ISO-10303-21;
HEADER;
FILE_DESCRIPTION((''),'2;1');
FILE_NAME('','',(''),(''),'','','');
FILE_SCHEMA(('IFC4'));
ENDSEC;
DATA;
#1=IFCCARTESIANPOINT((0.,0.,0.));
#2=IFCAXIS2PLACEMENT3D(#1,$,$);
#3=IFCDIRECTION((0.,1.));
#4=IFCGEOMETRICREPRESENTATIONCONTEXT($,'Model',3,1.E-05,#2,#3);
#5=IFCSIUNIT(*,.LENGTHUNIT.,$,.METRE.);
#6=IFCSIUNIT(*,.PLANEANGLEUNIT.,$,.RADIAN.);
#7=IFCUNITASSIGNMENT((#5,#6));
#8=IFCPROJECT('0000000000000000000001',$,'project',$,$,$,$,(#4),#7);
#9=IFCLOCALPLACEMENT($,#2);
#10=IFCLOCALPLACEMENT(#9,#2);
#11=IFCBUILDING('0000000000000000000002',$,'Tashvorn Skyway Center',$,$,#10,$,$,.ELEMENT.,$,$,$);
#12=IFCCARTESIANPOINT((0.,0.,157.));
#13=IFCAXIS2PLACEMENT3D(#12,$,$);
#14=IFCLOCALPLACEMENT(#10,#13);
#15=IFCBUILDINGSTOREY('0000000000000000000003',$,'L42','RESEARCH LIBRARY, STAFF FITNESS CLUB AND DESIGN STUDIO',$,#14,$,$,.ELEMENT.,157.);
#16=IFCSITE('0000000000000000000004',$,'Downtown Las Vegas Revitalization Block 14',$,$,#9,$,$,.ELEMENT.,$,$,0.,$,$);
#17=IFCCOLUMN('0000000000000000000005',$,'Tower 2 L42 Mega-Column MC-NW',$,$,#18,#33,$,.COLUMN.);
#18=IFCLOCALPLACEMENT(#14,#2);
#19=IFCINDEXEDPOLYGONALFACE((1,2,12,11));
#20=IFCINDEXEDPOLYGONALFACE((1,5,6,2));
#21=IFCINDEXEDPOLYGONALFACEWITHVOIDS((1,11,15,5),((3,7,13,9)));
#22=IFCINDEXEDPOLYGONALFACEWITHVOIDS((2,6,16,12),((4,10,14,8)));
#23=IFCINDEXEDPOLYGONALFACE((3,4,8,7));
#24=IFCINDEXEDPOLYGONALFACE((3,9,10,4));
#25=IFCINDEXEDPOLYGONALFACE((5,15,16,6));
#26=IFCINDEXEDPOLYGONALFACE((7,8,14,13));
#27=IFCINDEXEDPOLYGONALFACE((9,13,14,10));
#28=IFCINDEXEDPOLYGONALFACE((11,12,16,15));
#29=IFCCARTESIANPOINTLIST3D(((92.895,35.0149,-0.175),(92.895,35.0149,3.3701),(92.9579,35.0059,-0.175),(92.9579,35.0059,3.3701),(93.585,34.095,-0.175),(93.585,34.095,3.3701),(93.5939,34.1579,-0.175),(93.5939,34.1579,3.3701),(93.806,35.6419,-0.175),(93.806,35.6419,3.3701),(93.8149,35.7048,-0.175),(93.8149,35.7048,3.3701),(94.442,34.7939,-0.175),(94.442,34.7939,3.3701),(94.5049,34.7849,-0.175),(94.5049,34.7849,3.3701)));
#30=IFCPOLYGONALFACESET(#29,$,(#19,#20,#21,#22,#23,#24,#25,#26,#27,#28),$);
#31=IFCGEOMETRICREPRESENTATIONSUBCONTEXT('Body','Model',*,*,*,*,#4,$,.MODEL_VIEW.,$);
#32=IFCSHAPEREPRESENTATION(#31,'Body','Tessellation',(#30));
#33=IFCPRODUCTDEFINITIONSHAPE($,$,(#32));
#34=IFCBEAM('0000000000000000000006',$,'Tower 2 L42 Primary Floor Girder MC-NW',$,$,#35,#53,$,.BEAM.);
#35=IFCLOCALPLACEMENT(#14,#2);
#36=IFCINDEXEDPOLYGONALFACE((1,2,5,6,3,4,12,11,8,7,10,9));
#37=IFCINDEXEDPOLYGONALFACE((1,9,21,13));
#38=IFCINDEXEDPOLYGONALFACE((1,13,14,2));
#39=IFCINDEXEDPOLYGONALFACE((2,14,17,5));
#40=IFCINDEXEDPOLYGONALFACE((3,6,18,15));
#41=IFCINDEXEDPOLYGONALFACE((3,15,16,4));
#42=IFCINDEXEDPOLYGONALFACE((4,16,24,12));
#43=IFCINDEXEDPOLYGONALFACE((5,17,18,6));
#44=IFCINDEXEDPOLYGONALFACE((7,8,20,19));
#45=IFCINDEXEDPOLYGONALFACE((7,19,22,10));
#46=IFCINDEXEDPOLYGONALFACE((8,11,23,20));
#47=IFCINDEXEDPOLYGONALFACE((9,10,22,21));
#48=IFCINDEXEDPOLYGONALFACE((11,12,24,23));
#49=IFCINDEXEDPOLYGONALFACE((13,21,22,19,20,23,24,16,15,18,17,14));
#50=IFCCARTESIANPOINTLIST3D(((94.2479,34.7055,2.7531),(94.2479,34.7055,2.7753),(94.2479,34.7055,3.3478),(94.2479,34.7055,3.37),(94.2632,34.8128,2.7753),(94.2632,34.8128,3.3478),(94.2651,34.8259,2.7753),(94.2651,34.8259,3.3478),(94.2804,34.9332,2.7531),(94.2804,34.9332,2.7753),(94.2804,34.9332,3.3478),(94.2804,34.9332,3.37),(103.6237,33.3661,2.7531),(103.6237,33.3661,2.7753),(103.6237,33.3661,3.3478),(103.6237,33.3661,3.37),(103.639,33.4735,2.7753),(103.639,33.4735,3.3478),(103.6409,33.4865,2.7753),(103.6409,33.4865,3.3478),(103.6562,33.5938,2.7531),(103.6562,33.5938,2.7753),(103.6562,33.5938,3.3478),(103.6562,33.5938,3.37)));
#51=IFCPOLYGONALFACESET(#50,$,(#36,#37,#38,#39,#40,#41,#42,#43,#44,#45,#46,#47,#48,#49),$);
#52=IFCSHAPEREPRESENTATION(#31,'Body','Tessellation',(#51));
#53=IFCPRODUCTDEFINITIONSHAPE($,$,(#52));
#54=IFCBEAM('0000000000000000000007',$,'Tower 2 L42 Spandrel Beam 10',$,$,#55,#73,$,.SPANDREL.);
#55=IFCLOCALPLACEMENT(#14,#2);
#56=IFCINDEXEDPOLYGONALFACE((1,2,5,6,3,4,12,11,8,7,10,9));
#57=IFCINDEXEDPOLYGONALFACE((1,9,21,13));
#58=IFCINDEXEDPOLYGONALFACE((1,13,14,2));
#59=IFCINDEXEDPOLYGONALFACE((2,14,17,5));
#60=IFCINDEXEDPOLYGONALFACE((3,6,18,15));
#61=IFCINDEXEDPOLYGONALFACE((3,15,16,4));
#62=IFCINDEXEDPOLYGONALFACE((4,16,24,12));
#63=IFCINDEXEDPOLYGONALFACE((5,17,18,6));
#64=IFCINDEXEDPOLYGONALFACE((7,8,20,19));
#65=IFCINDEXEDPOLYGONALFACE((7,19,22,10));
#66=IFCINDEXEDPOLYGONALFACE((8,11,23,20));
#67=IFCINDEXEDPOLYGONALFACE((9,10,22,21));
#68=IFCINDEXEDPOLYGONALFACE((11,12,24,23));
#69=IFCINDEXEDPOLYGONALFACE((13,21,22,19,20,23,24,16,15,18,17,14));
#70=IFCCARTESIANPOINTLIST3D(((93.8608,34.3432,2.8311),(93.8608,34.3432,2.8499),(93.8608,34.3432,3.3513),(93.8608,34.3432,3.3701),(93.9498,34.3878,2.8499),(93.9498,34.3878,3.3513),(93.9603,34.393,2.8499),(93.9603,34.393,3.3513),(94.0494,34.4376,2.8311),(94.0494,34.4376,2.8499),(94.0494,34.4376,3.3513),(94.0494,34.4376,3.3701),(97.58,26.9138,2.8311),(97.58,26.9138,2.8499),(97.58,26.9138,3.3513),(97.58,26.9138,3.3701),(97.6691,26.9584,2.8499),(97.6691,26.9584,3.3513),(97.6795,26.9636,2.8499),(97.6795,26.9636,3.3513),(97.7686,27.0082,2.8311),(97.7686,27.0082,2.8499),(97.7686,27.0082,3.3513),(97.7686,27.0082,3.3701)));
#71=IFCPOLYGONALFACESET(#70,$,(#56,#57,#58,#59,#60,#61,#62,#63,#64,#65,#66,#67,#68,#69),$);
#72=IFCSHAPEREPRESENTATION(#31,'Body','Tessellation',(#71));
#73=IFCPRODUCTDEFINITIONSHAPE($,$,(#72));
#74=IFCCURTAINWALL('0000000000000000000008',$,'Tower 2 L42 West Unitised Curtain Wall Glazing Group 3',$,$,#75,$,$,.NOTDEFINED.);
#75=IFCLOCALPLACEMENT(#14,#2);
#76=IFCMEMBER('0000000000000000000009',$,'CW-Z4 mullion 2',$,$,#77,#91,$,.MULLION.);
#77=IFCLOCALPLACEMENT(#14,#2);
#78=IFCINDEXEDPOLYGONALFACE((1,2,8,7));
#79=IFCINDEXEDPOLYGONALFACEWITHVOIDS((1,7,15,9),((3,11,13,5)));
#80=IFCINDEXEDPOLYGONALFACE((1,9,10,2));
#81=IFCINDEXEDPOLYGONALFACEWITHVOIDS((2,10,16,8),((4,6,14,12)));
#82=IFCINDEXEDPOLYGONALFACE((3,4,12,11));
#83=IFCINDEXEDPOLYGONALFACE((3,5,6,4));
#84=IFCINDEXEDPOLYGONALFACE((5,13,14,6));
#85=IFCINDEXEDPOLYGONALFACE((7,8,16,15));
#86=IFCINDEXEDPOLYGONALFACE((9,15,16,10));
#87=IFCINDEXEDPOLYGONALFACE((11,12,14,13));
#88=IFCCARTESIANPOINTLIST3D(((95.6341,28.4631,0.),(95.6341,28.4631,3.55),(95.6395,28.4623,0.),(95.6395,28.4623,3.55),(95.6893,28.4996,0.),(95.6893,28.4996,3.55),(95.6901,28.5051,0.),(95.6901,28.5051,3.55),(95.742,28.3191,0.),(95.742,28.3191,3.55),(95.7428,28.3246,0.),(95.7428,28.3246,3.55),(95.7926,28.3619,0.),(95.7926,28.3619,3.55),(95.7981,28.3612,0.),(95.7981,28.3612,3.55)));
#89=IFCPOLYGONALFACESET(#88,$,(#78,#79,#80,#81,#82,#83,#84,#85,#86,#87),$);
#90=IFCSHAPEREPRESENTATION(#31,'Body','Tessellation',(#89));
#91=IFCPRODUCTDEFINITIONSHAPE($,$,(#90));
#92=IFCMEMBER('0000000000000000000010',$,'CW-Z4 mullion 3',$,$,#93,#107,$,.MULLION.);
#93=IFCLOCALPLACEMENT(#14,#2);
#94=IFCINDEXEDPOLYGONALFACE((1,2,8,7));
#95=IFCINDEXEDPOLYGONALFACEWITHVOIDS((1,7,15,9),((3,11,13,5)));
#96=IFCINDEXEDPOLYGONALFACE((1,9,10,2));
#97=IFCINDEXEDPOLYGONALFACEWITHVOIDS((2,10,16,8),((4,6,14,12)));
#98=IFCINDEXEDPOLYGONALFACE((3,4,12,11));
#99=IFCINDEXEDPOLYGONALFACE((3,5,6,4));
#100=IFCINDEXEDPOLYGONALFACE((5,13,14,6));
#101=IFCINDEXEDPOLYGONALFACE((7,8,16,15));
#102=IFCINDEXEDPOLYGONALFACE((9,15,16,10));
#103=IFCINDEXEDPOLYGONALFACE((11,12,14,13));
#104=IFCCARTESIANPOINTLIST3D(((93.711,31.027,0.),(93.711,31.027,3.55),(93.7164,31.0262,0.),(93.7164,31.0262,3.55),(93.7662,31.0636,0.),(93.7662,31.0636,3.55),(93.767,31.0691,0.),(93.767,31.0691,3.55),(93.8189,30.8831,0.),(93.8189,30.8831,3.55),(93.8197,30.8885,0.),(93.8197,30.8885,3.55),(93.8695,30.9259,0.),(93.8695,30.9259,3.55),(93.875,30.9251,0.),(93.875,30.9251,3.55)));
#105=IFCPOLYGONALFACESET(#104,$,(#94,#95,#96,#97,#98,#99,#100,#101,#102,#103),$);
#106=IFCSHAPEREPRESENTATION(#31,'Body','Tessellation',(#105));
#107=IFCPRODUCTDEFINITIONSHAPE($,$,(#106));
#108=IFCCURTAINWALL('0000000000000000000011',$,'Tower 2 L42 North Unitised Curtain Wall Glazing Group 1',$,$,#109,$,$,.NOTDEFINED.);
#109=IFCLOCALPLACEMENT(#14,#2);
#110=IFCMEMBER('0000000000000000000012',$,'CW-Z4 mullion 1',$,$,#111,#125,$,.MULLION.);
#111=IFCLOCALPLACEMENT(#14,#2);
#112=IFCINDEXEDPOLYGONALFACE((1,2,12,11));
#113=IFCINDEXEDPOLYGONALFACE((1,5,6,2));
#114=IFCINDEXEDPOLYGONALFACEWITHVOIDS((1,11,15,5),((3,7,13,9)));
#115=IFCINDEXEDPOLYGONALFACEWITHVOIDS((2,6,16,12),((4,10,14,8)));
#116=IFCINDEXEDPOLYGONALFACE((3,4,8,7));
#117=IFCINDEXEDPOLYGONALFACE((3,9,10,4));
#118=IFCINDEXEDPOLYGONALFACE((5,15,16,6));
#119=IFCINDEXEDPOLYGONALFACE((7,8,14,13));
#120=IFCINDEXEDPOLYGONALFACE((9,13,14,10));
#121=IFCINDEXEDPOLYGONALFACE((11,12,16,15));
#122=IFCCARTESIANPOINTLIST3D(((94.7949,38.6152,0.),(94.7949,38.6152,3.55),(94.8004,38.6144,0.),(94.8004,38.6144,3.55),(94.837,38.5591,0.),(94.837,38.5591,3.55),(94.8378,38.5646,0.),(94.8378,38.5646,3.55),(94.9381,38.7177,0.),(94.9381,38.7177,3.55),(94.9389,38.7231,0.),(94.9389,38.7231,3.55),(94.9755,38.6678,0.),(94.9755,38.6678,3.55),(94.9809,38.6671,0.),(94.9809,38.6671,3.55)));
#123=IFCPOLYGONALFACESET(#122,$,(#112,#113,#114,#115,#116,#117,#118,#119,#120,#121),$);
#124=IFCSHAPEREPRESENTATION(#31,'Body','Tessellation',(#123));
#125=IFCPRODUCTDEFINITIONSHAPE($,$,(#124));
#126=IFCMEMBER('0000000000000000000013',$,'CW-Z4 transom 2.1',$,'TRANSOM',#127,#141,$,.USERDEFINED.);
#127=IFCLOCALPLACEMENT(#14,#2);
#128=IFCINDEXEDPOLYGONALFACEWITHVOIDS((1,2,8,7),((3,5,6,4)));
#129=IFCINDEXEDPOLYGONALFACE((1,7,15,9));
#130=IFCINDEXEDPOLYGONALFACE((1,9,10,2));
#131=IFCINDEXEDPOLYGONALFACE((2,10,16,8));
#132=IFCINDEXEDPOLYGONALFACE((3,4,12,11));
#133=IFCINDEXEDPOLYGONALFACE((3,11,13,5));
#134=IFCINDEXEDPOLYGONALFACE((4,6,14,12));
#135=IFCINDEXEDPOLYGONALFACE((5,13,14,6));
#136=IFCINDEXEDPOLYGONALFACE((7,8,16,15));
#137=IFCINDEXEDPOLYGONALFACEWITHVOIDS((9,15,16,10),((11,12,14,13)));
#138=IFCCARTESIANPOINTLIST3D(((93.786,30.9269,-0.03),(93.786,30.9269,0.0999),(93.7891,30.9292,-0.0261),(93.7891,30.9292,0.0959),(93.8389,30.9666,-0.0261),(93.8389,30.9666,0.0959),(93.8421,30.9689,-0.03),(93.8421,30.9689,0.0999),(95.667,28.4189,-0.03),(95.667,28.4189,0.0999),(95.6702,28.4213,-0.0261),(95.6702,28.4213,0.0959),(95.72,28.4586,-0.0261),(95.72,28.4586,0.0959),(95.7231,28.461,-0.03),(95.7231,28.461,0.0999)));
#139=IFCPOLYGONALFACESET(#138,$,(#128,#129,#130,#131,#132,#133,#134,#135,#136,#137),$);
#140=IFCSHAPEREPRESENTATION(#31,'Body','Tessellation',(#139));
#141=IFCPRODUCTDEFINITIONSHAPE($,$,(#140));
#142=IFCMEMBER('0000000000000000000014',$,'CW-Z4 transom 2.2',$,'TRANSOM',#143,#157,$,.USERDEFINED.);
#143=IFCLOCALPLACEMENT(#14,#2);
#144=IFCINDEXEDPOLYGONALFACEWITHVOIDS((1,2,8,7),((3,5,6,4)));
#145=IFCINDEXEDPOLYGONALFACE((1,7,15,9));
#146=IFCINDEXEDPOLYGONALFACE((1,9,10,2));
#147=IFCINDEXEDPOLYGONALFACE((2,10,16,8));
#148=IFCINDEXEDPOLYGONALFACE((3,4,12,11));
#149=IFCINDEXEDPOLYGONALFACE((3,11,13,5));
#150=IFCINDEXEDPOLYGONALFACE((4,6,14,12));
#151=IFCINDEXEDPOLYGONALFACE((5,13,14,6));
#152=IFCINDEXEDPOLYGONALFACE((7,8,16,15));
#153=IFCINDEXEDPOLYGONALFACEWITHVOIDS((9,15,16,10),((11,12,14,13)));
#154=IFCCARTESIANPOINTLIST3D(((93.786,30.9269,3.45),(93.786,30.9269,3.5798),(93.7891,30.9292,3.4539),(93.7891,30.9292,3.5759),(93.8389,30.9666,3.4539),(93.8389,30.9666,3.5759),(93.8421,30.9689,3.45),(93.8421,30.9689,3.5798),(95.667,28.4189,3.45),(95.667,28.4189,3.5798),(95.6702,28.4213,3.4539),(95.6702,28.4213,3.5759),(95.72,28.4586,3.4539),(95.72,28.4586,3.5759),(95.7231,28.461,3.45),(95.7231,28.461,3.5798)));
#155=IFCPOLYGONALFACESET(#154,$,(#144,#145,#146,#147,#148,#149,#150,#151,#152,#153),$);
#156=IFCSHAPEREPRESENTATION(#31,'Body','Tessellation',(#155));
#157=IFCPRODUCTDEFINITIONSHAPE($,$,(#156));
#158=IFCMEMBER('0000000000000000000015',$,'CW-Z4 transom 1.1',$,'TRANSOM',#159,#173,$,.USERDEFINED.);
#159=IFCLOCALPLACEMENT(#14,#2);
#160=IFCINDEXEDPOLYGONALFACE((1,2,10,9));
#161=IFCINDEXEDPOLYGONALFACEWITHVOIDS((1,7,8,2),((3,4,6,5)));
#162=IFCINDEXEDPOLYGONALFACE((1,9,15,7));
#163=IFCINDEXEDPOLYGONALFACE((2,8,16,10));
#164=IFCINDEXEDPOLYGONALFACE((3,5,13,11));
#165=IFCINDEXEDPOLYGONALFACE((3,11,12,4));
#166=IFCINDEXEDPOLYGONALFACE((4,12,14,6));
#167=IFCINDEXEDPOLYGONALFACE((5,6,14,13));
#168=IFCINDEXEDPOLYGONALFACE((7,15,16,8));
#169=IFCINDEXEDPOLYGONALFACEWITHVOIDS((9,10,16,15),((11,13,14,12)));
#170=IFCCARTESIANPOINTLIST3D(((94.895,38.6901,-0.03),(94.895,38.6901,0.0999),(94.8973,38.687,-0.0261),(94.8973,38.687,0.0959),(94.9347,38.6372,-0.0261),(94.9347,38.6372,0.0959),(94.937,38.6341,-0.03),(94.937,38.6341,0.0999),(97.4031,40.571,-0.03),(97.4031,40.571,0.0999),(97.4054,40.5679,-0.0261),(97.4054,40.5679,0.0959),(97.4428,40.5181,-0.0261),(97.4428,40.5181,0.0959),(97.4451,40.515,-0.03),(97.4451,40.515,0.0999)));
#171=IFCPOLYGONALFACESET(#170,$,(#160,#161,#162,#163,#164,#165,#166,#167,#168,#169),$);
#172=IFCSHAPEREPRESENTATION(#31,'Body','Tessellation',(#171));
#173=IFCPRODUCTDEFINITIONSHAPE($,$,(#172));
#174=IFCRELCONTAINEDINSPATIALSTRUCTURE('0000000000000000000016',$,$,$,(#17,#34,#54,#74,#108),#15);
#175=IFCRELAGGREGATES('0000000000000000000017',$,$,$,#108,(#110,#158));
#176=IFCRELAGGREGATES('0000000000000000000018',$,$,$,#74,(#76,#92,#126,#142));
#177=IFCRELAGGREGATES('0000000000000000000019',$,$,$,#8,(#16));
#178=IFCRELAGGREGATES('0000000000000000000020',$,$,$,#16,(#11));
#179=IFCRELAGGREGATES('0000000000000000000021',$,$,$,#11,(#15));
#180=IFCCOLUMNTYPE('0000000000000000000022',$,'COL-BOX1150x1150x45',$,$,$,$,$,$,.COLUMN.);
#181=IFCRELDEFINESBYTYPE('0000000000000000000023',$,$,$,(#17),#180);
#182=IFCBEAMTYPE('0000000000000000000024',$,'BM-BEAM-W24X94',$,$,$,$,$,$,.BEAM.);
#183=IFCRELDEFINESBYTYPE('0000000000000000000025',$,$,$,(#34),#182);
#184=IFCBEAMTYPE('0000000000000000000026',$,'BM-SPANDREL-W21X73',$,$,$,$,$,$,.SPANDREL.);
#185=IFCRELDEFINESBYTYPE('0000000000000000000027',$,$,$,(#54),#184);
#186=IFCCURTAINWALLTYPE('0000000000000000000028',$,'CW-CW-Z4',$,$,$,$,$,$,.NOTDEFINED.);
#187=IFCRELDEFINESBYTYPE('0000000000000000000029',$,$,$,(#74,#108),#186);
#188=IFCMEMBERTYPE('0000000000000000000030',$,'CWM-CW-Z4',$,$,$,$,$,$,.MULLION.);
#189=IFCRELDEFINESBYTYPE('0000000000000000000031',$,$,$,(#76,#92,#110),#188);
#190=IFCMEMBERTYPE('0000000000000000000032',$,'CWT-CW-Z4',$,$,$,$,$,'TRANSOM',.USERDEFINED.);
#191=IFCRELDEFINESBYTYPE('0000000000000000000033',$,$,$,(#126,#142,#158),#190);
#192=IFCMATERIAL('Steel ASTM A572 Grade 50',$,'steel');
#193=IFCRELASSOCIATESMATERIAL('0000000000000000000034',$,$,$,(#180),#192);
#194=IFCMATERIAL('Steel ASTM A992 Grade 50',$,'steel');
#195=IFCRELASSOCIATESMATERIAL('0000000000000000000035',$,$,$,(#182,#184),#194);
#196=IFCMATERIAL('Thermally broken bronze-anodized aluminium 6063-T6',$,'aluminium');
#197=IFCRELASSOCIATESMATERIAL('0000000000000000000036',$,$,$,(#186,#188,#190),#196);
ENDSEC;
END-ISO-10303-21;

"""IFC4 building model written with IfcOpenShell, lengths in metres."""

from ifc_helpers import new_model, si_unit, direction, frame, origin, origin_2d, place, context, subcontext, project, spatial, hollow_rectangle, i_section, extrude, material, material_profile, profile_set, type_object, element, aggregate, save


model = new_model("IFC4")

# Units and contexts
model_context = context("Model", 3, precision=1e-05, world=origin(), true_north=direction((0.0, 1.0)))
body_context = subcontext(model_context, "Body", "Model", "MODEL_VIEW")
ifc_project = project(units=[si_unit("LENGTHUNIT", "METRE"), si_unit("PLANEANGLEUNIT", "RADIAN")], contexts=[model_context])

# Site, building, storey
site_placement = place(None, origin())
site = spatial("IfcSite", under=ifc_project, at=site_placement, Name="Downtown Las Vegas Revitalization Block 14", CompositionType="ELEMENT", RefElevation=0.0)
building_placement = place(site_placement, origin())
building = spatial("IfcBuilding", under=site, at=building_placement, Name="Tashvorn Skyway Center", CompositionType="ELEMENT")
storey_placement = place(building_placement, frame((0.0, 0.0, 157.0)))
storey = spatial("IfcBuildingStorey", under=building, at=storey_placement, Name="L42", Description="RESEARCH LIBRARY, STAFF FITNESS CLUB AND DESIGN STUDIO", CompositionType="ELEMENT", Elevation=157.0)

# Column
ifc_material_1 = material(Name="Steel ASTM A572 Grade 50", Category="steel")
ifc_material_profile_1 = material_profile(ifc_material_1, hollow_rectangle(XDim=1.1499, YDim=1.1499, WallThickness=0.0449, at=origin_2d()), Name="BOX1150x1150x45")
ifc_profile_set_1 = profile_set([ifc_material_profile_1], Name="Steel ASTM A572 Grade 50")
column_type = type_object("IfcColumnType", Name="COL-BOX1150x1150x45", PredefinedType="COLUMN", material=ifc_profile_set_1)
column_placement = place(storey_placement, frame((93.7, 34.8999, -0.175), z_axis=(0.0, 0.0, 1.0), x_axis=(0.8, 0.6, 0.0)))
element("IfcColumn", 1, at=column_placement, inside=storey, type_object=column_type, Name="Tower 2 L42 Mega-Column MC-NW", PredefinedType="COLUMN", context=body_context, shape_type="SweptSolid", body=[
    extrude(hollow_rectangle(XDim=1.1499, YDim=1.1499, WallThickness=0.0449, at=origin_2d()), origin(), (0.0, 0.0, 1.0), 3.5452),
])

# Beams
ifc_material_2 = material(Name="Steel ASTM A992 Grade 50", Category="steel")
ifc_material_profile_2 = material_profile(ifc_material_2, i_section(OverallWidth=0.23, OverallDepth=0.6169, WebThickness=0.0132, FlangeThickness=0.0222, at=origin_2d()), Name="W24X94")
ifc_profile_set_2 = profile_set([ifc_material_profile_2], Name="Steel ASTM A992 Grade 50")
beam_type_1 = type_object("IfcBeamType", Name="BM-BEAM-W24X94", PredefinedType="BEAM", material=ifc_profile_set_2)
beam_1_placement = place(storey_placement, frame((94.2642, 34.8193, 3.0615), z_axis=(0.98995, -0.141418, 0.0), x_axis=(0.141418, 0.98995, 0.0)))
element("IfcBeam", 2, at=beam_1_placement, inside=storey, type_object=beam_type_1, Name="Tower 2 L42 Primary Floor Girder MC-NW", PredefinedType="BEAM", context=body_context, shape_type="SweptSolid", body=[
    extrude(i_section(OverallWidth=0.23, OverallDepth=0.6169, WebThickness=0.0132, FlangeThickness=0.0222, at=origin_2d()), origin(), (0.0, 0.0, 1.0), 9.4709),
])
ifc_material_profile_3 = material_profile(ifc_material_2, i_section(OverallWidth=0.2109, OverallDepth=0.5391, WebThickness=0.0117, FlangeThickness=0.0188, at=origin_2d()), Name="W21X73")
ifc_profile_set_3 = profile_set([ifc_material_profile_3], Name="Steel ASTM A992 Grade 50")
beam_type_2 = type_object("IfcBeamType", Name="BM-SPANDREL-W21X73", PredefinedType="SPANDREL", material=ifc_profile_set_3)
beam_2_placement = place(storey_placement, frame((93.9551, 34.3904, 3.1006), z_axis=(0.447648, -0.89421, 0.0), x_axis=(0.89421, 0.447648, 0.0)))
element("IfcBeam", 3, at=beam_2_placement, inside=storey, type_object=beam_type_2, Name="Tower 2 L42 Spandrel Beam 10", PredefinedType="SPANDREL", context=body_context, shape_type="SweptSolid", body=[
    extrude(i_section(OverallWidth=0.2109, OverallDepth=0.5391, WebThickness=0.0117, FlangeThickness=0.0188, at=origin_2d()), origin(), (0.0, 0.0, 1.0), 8.3083),
])

# Curtain wall, members
ifc_material_3 = material(Name="Thermally broken bronze-anodized aluminium 6063-T6", Category="aluminium")
curtain_wall_type = type_object("IfcCurtainWallType", Name="CW-CW-Z4", PredefinedType="NOTDEFINED", material=ifc_material_3)
curtain_wall_1_placement = place(storey_placement, origin())
curtain_wall_1 = element("IfcCurtainWall", 4, at=curtain_wall_1_placement, inside=storey, type_object=curtain_wall_type, Name="Tower 2 L42 West Unitised Curtain Wall Glazing Group 3", PredefinedType="NOTDEFINED")
ifc_material_profile_4 = material_profile(ifc_material_3, hollow_rectangle(XDim=0.0701, YDim=0.1799, WallThickness=0.0039, at=origin_2d()), Name="ALU-MULL-70x180")
ifc_profile_set_4 = profile_set([ifc_material_profile_4], Name="Thermally broken bronze-anodized aluminium 6063-T6")
member_type_1 = type_object("IfcMemberType", Name="CWM-CW-Z4", PredefinedType="MULLION", material=ifc_profile_set_4)
member_1_placement = place(storey_placement, frame((95.7161, 28.4121, 0.0), z_axis=(0.0, 0.0, 1.0), x_axis=(-0.8, -0.6, 0.0)))
member_1 = element("IfcMember", 5, at=member_1_placement, type_object=member_type_1, Name="CW-Z4 mullion 2", PredefinedType="MULLION", context=body_context, shape_type="SweptSolid", body=[
    extrude(hollow_rectangle(XDim=0.0701, YDim=0.1799, WallThickness=0.0039, at=origin_2d()), origin(), (0.0, 0.0, 1.0), 3.55),
])
member_2_placement = place(storey_placement, frame((93.793, 30.9761, 0.0), z_axis=(0.0, 0.0, 1.0), x_axis=(-0.8, -0.6, 0.0)))
member_2 = element("IfcMember", 6, at=member_2_placement, type_object=member_type_1, Name="CW-Z4 mullion 3", PredefinedType="MULLION", context=body_context, shape_type="SweptSolid", body=[
    extrude(hollow_rectangle(XDim=0.0701, YDim=0.1799, WallThickness=0.0039, at=origin_2d()), origin(), (0.0, 0.0, 1.0), 3.55),
])

# Curtain wall, member
curtain_wall_2_placement = place(storey_placement, origin())
curtain_wall_2 = element("IfcCurtainWall", 7, at=curtain_wall_2_placement, inside=storey, type_object=curtain_wall_type, Name="Tower 2 L42 North Unitised Curtain Wall Glazing Group 1", PredefinedType="NOTDEFINED")
member_3_placement = place(storey_placement, frame((94.8879, 38.6411, 0.0), z_axis=(0.0, 0.0, 1.0), x_axis=(-0.6, 0.8, 0.0)))
member_3 = element("IfcMember", 8, at=member_3_placement, type_object=member_type_1, Name="CW-Z4 mullion 1", PredefinedType="MULLION", context=body_context, shape_type="SweptSolid", body=[
    extrude(hollow_rectangle(XDim=0.0701, YDim=0.1799, WallThickness=0.0039, at=origin_2d()), origin(), (0.0, 0.0, 1.0), 3.55),
])

# Members
ifc_material_profile_5 = material_profile(ifc_material_3, hollow_rectangle(XDim=0.0701, YDim=0.1299, WallThickness=0.0039, at=origin_2d()), Name="ALU-TRAN-70x130")
ifc_profile_set_5 = profile_set([ifc_material_profile_5], Name="Thermally broken bronze-anodized aluminium 6063-T6")
member_type_2 = type_object("IfcMemberType", Name="CWT-CW-Z4", ElementType="TRANSOM", PredefinedType="USERDEFINED", material=ifc_profile_set_5)
member_4_placement = place(storey_placement, frame((95.6951, 28.4399, 0.0349), z_axis=(-0.600012, 0.799991, 0.0), x_axis=(-0.799991, -0.600012, 0.0)))
member_4 = element("IfcMember", 9, at=member_4_placement, type_object=member_type_2, Name="CW-Z4 transom 2.1", ObjectType="TRANSOM", PredefinedType="USERDEFINED", context=body_context, shape_type="SweptSolid", body=[
    extrude(hollow_rectangle(XDim=0.0701, YDim=0.1299, WallThickness=0.0039, at=origin_2d()), origin(), (0.0, 0.0, 1.0), 3.135),
])
member_5_placement = place(storey_placement, frame((95.6951, 28.4399, 3.5149), z_axis=(-0.600012, 0.799991, 0.0), x_axis=(-0.799991, -0.600012, 0.0)))
member_5 = element("IfcMember", 10, at=member_5_placement, type_object=member_type_2, Name="CW-Z4 transom 2.2", ObjectType="TRANSOM", PredefinedType="USERDEFINED", context=body_context, shape_type="SweptSolid", body=[
    extrude(hollow_rectangle(XDim=0.0701, YDim=0.1299, WallThickness=0.0039, at=origin_2d()), origin(), (0.0, 0.0, 1.0), 3.135),
])
member_6_placement = place(storey_placement, frame((94.916, 38.6621, 0.0349), z_axis=(0.800028, 0.599963, 0.0), x_axis=(-0.599963, 0.800028, 0.0)))
member_6 = element("IfcMember", 11, at=member_6_placement, type_object=member_type_2, Name="CW-Z4 transom 1.1", ObjectType="TRANSOM", PredefinedType="USERDEFINED", context=body_context, shape_type="SweptSolid", body=[
    extrude(hollow_rectangle(XDim=0.0701, YDim=0.1299, WallThickness=0.0039, at=origin_2d()), origin(), (0.0, 0.0, 1.0), 3.135),
])
aggregate(curtain_wall_2, [member_3, member_6])

aggregate(curtain_wall_1, [member_1, member_2, member_4, member_5])

save(model, "model.ifc")
